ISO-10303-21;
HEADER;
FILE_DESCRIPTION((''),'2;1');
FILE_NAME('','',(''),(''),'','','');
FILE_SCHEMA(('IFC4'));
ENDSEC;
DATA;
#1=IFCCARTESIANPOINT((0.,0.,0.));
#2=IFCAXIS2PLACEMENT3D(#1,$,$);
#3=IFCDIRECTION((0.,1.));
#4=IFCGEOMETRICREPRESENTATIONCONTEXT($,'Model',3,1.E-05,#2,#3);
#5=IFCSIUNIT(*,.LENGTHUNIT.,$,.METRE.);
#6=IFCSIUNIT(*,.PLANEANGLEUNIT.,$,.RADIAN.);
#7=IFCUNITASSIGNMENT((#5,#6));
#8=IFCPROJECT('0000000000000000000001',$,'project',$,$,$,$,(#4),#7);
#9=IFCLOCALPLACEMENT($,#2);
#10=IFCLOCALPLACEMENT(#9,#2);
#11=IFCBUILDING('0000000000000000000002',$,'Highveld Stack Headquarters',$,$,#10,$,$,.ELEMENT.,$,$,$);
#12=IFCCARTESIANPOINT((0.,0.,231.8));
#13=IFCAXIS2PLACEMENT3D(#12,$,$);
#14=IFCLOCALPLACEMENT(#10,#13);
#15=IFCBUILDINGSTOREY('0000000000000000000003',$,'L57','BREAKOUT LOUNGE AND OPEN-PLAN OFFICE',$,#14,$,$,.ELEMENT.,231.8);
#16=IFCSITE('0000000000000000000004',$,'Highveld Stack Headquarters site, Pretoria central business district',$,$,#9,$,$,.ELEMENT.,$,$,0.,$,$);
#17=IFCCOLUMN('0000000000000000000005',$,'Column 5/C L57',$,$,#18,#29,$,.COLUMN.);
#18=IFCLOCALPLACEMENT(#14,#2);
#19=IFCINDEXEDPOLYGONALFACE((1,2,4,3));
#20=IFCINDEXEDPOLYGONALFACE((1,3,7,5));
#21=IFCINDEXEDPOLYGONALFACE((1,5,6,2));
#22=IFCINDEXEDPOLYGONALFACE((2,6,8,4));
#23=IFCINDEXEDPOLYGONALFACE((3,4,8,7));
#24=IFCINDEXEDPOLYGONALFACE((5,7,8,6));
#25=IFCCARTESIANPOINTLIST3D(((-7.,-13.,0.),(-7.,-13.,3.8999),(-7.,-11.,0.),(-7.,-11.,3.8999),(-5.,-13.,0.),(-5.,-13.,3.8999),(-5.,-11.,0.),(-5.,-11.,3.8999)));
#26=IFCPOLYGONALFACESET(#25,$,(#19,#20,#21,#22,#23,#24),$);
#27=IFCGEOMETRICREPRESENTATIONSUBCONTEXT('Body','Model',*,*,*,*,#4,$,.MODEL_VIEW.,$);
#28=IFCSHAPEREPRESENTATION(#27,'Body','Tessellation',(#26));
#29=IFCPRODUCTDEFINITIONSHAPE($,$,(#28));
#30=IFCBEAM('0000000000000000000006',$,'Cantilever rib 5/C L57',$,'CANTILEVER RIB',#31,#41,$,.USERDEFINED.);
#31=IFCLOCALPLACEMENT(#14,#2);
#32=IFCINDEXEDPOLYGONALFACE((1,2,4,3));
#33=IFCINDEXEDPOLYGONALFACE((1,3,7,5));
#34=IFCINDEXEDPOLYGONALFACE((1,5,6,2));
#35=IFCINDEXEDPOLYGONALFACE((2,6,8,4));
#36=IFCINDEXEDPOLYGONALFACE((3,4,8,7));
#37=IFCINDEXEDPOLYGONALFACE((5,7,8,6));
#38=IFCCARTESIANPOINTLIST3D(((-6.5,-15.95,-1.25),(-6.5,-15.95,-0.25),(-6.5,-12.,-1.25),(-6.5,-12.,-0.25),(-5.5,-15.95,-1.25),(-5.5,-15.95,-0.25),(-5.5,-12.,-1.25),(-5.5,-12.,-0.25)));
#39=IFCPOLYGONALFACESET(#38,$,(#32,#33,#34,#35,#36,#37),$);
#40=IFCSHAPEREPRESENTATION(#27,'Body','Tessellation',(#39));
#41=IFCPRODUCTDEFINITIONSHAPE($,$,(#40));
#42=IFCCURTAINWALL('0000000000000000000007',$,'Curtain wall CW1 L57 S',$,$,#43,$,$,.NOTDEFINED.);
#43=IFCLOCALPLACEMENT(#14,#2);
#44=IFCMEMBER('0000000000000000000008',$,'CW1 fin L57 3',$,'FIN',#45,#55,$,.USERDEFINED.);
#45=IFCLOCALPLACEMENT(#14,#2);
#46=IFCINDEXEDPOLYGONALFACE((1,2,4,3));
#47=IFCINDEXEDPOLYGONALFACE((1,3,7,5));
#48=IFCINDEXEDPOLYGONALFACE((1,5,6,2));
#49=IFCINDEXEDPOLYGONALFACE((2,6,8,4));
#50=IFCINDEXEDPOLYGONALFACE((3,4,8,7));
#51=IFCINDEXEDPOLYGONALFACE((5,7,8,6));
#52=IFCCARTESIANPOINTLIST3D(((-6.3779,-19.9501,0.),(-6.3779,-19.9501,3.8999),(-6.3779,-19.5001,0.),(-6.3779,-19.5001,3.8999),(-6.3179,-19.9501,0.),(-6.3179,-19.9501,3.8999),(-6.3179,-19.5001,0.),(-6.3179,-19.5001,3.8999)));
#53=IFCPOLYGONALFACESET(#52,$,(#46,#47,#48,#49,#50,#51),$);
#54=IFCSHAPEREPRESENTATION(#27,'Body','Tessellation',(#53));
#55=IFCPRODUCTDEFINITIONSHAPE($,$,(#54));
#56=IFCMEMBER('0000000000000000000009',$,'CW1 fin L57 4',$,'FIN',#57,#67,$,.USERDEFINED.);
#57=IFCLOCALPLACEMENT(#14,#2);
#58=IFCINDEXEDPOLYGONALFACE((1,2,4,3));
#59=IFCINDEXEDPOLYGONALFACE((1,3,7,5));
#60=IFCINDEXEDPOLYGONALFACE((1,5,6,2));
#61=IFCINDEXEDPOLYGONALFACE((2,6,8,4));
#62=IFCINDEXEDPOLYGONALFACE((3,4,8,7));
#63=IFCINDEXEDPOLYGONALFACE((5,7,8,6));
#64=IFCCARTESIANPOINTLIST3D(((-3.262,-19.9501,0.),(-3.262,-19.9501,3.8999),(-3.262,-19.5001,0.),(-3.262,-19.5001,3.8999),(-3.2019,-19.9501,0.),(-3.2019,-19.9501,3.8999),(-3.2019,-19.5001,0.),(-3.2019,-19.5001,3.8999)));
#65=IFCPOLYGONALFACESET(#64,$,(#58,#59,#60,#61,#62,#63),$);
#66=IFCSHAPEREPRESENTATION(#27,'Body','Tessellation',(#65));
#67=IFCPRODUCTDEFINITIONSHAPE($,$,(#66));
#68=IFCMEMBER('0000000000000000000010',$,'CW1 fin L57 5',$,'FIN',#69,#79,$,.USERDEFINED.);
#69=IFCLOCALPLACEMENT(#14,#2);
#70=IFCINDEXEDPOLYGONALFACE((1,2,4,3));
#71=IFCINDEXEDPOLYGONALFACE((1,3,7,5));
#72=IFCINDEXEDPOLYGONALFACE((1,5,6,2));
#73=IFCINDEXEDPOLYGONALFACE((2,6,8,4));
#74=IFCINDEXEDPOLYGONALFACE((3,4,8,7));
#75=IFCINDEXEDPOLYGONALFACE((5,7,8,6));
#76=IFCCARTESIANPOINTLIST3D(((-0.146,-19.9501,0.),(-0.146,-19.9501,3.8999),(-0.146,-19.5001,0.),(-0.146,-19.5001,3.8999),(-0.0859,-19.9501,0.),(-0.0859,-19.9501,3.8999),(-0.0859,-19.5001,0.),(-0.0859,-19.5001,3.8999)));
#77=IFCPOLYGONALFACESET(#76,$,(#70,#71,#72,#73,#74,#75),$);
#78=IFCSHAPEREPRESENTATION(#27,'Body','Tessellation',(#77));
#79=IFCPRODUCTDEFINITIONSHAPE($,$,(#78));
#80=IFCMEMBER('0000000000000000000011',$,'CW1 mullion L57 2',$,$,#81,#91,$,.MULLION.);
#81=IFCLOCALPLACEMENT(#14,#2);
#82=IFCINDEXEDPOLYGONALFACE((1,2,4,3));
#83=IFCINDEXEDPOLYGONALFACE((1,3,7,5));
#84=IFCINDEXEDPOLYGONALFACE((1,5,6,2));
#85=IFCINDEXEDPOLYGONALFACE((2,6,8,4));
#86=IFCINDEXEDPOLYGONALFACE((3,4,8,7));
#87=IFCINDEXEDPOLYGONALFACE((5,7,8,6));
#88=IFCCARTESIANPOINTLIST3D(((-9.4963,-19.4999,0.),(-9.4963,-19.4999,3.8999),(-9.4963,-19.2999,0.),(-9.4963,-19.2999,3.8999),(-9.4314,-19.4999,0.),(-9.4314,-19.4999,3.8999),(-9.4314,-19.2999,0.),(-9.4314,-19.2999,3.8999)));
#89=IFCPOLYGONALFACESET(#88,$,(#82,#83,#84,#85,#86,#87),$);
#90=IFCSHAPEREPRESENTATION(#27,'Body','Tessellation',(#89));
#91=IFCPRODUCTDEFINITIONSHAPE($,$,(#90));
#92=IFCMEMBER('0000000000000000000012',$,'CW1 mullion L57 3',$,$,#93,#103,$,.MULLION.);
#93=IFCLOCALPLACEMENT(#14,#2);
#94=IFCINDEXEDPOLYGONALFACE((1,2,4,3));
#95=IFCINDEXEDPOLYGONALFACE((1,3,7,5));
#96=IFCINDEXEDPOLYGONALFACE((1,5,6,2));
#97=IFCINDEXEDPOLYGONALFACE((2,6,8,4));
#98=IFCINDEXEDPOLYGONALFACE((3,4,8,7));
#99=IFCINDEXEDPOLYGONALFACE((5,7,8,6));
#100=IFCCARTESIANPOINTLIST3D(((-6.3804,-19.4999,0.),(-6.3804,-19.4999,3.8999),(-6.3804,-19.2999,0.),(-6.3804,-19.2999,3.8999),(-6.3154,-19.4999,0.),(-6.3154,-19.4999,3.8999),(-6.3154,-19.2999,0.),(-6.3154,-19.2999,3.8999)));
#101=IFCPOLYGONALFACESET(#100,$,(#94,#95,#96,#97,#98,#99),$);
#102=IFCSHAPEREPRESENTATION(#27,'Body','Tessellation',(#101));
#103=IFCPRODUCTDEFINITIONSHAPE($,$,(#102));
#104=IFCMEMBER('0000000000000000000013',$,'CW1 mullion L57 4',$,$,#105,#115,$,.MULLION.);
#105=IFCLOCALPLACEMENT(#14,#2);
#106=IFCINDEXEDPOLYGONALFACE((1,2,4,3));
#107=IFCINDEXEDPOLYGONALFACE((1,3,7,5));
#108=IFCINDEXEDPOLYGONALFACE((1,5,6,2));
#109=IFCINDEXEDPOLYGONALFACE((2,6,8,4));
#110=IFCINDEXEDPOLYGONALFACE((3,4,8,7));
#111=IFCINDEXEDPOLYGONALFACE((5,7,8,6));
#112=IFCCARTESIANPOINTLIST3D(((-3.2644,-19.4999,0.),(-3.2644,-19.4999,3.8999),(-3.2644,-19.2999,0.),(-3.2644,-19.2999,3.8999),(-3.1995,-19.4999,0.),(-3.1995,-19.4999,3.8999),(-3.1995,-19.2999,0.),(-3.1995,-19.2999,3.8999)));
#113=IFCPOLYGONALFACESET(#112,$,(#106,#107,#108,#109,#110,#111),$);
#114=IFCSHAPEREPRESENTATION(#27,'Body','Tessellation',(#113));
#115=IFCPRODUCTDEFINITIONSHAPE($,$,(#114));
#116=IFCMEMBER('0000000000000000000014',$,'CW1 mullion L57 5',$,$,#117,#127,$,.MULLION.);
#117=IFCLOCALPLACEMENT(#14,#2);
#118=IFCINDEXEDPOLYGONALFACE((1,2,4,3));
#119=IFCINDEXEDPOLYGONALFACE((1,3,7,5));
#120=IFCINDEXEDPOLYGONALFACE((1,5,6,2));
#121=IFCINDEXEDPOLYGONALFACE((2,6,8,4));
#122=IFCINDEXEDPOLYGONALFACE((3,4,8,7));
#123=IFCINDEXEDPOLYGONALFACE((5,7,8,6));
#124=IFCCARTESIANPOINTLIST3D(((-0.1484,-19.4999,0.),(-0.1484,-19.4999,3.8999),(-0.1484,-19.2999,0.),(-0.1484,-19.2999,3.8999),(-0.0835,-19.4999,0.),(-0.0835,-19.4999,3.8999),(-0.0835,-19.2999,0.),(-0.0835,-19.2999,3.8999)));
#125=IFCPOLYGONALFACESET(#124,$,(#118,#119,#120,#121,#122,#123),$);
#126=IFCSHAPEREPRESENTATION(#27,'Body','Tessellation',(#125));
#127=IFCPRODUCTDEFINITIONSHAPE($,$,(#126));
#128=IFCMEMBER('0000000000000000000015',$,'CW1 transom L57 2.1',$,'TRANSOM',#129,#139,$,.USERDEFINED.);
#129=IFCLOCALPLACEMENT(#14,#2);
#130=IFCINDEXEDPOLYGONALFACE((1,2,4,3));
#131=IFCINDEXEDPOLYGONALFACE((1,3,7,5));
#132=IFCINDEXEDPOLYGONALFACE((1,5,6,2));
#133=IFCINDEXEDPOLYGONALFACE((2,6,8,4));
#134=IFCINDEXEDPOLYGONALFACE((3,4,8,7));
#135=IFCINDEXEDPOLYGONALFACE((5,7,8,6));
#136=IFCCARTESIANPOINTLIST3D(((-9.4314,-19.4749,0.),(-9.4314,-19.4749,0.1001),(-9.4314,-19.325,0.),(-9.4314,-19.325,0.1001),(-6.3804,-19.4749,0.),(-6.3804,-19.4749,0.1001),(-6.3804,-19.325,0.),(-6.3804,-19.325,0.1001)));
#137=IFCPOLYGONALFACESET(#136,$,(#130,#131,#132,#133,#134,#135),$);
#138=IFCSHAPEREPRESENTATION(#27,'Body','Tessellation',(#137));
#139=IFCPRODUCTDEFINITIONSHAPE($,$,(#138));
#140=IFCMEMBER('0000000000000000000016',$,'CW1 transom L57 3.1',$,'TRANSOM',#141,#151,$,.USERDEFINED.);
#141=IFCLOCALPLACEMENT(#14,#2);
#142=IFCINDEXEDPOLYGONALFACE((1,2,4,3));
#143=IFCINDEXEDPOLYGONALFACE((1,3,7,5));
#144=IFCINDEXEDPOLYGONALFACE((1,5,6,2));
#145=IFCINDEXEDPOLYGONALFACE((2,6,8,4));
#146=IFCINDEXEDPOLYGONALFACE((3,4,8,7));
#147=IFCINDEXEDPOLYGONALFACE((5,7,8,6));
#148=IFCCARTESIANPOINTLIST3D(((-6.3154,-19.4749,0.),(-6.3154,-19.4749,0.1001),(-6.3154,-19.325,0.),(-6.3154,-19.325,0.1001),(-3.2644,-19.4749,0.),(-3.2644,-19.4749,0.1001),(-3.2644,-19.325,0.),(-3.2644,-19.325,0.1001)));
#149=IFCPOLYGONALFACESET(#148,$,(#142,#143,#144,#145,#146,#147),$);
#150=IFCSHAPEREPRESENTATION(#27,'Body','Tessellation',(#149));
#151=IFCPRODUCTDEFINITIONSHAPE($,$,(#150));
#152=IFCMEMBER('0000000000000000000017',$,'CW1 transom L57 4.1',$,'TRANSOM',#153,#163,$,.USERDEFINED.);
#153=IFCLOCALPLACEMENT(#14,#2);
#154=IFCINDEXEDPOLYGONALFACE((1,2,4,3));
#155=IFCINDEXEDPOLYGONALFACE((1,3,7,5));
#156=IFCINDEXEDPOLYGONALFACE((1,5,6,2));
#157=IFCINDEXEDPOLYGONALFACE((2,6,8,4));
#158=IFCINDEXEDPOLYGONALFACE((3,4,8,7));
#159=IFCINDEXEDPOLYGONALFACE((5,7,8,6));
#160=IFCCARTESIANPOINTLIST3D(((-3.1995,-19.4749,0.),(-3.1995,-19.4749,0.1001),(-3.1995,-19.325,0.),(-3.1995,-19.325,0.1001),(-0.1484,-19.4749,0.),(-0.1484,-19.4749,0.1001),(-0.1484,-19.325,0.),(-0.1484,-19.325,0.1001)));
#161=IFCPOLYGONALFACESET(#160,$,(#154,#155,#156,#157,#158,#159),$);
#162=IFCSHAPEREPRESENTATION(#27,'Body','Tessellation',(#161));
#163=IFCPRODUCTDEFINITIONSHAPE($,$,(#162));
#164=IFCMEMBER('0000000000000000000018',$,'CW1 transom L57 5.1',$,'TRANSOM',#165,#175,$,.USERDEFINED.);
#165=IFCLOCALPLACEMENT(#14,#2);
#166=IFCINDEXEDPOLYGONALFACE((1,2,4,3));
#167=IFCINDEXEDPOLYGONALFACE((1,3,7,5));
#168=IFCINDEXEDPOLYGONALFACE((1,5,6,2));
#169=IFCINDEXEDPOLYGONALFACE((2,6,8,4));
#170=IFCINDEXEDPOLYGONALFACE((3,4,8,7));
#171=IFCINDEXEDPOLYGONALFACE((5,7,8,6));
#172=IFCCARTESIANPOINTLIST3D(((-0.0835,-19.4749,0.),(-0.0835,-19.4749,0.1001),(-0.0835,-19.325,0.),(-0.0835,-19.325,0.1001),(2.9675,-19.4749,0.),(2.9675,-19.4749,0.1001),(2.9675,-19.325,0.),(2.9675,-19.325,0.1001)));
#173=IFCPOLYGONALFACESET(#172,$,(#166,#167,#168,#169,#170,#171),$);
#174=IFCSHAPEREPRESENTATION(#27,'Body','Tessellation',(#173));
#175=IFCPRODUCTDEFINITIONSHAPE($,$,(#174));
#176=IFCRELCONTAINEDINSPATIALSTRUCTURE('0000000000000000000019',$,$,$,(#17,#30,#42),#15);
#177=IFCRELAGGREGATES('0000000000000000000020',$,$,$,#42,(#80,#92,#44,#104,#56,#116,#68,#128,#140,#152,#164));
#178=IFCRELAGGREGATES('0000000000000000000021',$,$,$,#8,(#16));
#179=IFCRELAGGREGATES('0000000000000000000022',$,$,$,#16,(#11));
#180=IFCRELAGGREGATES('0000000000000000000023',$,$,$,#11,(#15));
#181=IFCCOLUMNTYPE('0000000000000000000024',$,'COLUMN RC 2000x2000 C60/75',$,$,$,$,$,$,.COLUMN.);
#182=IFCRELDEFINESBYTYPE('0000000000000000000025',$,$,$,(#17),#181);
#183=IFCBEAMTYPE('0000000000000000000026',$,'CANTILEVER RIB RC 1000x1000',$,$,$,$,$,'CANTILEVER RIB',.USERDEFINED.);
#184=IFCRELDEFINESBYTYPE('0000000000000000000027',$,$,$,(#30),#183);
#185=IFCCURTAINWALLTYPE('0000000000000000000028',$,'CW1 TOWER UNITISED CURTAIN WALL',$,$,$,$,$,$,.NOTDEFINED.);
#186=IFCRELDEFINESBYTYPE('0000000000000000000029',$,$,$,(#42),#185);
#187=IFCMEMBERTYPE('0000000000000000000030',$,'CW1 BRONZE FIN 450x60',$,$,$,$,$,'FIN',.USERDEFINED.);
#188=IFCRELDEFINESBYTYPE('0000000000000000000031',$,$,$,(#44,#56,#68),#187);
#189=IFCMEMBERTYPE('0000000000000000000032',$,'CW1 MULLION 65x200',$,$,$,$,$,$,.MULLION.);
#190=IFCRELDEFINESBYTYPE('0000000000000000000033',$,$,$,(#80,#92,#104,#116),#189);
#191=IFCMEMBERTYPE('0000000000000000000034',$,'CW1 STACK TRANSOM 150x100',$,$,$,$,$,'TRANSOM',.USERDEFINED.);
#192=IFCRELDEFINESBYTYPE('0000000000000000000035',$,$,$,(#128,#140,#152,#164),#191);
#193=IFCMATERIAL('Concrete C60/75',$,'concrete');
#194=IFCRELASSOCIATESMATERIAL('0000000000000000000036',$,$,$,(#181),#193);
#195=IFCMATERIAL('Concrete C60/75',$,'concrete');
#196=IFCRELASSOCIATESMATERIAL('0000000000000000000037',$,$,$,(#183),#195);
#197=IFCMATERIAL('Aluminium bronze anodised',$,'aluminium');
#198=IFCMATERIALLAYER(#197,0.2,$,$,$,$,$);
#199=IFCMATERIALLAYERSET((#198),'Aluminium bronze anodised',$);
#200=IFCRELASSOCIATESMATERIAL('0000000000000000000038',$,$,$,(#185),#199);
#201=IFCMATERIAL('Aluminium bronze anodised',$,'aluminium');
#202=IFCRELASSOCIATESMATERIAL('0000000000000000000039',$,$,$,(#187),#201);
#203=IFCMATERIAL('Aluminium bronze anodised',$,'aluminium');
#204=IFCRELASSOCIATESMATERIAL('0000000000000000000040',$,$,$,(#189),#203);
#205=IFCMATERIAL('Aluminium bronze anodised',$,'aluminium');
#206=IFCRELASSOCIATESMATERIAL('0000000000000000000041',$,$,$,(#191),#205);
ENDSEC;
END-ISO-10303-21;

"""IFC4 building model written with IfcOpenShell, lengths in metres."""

from ifc_helpers import new_model, si_unit, direction, frame, origin, origin_2d, place, context, subcontext, project, spatial, rectangle, extrude, material, layer, layer_set, material_profile, profile_set, type_object, element, aggregate, save


model = new_model("IFC4")

# Units and contexts
model_context = context("Model", 3, precision=1e-05, world=origin(), true_north=direction((0.0, 1.0)))
body_context = subcontext(model_context, "Body", "Model", "MODEL_VIEW")
ifc_project = project(units=[si_unit("LENGTHUNIT", "METRE"), si_unit("PLANEANGLEUNIT", "RADIAN")], contexts=[model_context])

# Site, building, storey
site_placement = place(None, origin())
site = spatial("IfcSite", under=ifc_project, at=site_placement, Name="Highveld Stack Headquarters site, Pretoria central business district", CompositionType="ELEMENT", RefElevation=0.0)
building_placement = place(site_placement, origin())
building = spatial("IfcBuilding", under=site, at=building_placement, Name="Highveld Stack Headquarters", CompositionType="ELEMENT")
storey_placement = place(building_placement, frame((0.0, 0.0, 231.8)))
storey = spatial("IfcBuildingStorey", under=building, at=storey_placement, Name="L57", Description="BREAKOUT LOUNGE AND OPEN-PLAN OFFICE", CompositionType="ELEMENT", Elevation=231.8)

# Column
ifc_material_1 = material(Name="Concrete C60/75", Category="concrete")
ifc_material_profile_1 = material_profile(ifc_material_1, rectangle(XDim=2.0, YDim=2.0, at=origin_2d()), Name="RC 2000x2000")
ifc_profile_set_1 = profile_set([ifc_material_profile_1], Name="Concrete C60/75")
column_type = type_object("IfcColumnType", Name="COLUMN RC 2000x2000 C60/75", PredefinedType="COLUMN", material=ifc_profile_set_1)
column_placement = place(storey_placement, frame((-6.0, -12.0, 0.0), z_axis=(0.0, 0.0, 1.0), x_axis=(1.0, 0.0, 0.0)))
element("IfcColumn", 1, at=column_placement, inside=storey, type_object=column_type, Name="Column 5/C L57", PredefinedType="COLUMN", context=body_context, shape_type="SweptSolid", body=[
    extrude(rectangle(XDim=2.0, YDim=2.0, at=origin_2d()), origin(), (0.0, 0.0, 1.0), 3.8999),
])

# Beam
ifc_material_2 = material(Name="Concrete C60/75", Category="concrete")
ifc_material_profile_2 = material_profile(ifc_material_2, rectangle(XDim=1.0, YDim=1.0, at=origin_2d()), Name="RC 1000x1000")
ifc_profile_set_2 = profile_set([ifc_material_profile_2], Name="Concrete C60/75")
beam_type_1 = type_object("IfcBeamType", Name="CANTILEVER RIB RC 1000x1000", ElementType="CANTILEVER RIB", PredefinedType="USERDEFINED", material=ifc_profile_set_2)
beam_1_placement = place(storey_placement, frame((-6.0, -12.0, -0.75), z_axis=(0.0, -1.0, 0.0), x_axis=(1.0, 0.0, 0.0)))
element("IfcBeam", 2, at=beam_1_placement, inside=storey, type_object=beam_type_1, Name="Cantilever rib 5/C L57", ObjectType="CANTILEVER RIB", PredefinedType="USERDEFINED", context=body_context, shape_type="SweptSolid", body=[
    extrude(rectangle(XDim=1.0, YDim=1.0, at=origin_2d()), origin(), (0.0, 0.0, 1.0), 3.95),
])

# Curtain wall, members
ifc_material_3 = material(Name="Aluminium bronze anodised", Category="aluminium")
ifc_layer_1 = layer(ifc_material_3, 0.2)
ifc_layer_set_1 = layer_set([ifc_layer_1], Name="Aluminium bronze anodised")
curtain_wall_type = type_object("IfcCurtainWallType", Name="CW1 TOWER UNITISED CURTAIN WALL", PredefinedType="NOTDEFINED", material=ifc_layer_set_1)
curtain_wall_placement = place(storey_placement, origin())
curtain_wall = element("IfcCurtainWall", 3, at=curtain_wall_placement, inside=storey, type_object=curtain_wall_type, Name="Curtain wall CW1 L57 S", PredefinedType="NOTDEFINED")
ifc_material_4 = material(Name="Aluminium bronze anodised", Category="aluminium")
ifc_material_profile_3 = material_profile(ifc_material_4, rectangle(XDim=0.45, YDim=0.0601, at=origin_2d()), Name="FIN 450x60")
ifc_profile_set_3 = profile_set([ifc_material_profile_3], Name="Aluminium bronze anodised")
member_type_1 = type_object("IfcMemberType", Name="CW1 BRONZE FIN 450x60", ElementType="FIN", PredefinedType="USERDEFINED", material=ifc_profile_set_3)
member_1_placement = place(storey_placement, frame((-6.3479, -19.7251, 0.0), z_axis=(0.0, 0.0, 1.0), x_axis=(0.0, 1.0, 0.0)))
member_1 = element("IfcMember", 4, at=member_1_placement, type_object=member_type_1, Name="CW1 fin L57 3", ObjectType="FIN", PredefinedType="USERDEFINED", context=body_context, shape_type="SweptSolid", body=[
    extrude(rectangle(XDim=0.45, YDim=0.0601, at=origin_2d()), origin(), (0.0, 0.0, 1.0), 3.8999),
])
member_2_placement = place(storey_placement, frame((-3.2319, -19.7251, 0.0), z_axis=(0.0, 0.0, 1.0), x_axis=(0.0, 1.0, 0.0)))
member_2 = element("IfcMember", 5, at=member_2_placement, type_object=member_type_1, Name="CW1 fin L57 4", ObjectType="FIN", PredefinedType="USERDEFINED", context=body_context, shape_type="SweptSolid", body=[
    extrude(rectangle(XDim=0.45, YDim=0.0601, at=origin_2d()), origin(), (0.0, 0.0, 1.0), 3.8999),
])
member_3_placement = place(storey_placement, frame((-0.116, -19.7251, 0.0), z_axis=(0.0, 0.0, 1.0), x_axis=(0.0, 1.0, 0.0)))
member_3 = element("IfcMember", 6, at=member_3_placement, type_object=member_type_1, Name="CW1 fin L57 5", ObjectType="FIN", PredefinedType="USERDEFINED", context=body_context, shape_type="SweptSolid", body=[
    extrude(rectangle(XDim=0.45, YDim=0.0601, at=origin_2d()), origin(), (0.0, 0.0, 1.0), 3.8999),
])
ifc_material_5 = material(Name="Aluminium bronze anodised", Category="aluminium")
ifc_material_profile_4 = material_profile(ifc_material_5, rectangle(XDim=0.2, YDim=0.0649, at=origin_2d()), Name="CW1 MULLION 65x200")
ifc_profile_set_4 = profile_set([ifc_material_profile_4], Name="Aluminium bronze anodised")
member_type_2 = type_object("IfcMemberType", Name="CW1 MULLION 65x200", PredefinedType="MULLION", material=ifc_profile_set_4)
member_4_placement = place(storey_placement, frame((-9.4639, -19.3999, 0.0), z_axis=(0.0, 0.0, 1.0), x_axis=(0.0, 1.0, 0.0)))
member_4 = element("IfcMember", 7, at=member_4_placement, type_object=member_type_2, Name="CW1 mullion L57 2", PredefinedType="MULLION", context=body_context, shape_type="SweptSolid", body=[
    extrude(rectangle(XDim=0.2, YDim=0.0649, at=origin_2d()), origin(), (0.0, 0.0, 1.0), 3.8999),
])
member_5_placement = place(storey_placement, frame((-6.3479, -19.3999, 0.0), z_axis=(0.0, 0.0, 1.0), x_axis=(0.0, 1.0, 0.0)))
member_5 = element("IfcMember", 8, at=member_5_placement, type_object=member_type_2, Name="CW1 mullion L57 3", PredefinedType="MULLION", context=body_context, shape_type="SweptSolid", body=[
    extrude(rectangle(XDim=0.2, YDim=0.0649, at=origin_2d()), origin(), (0.0, 0.0, 1.0), 3.8999),
])
member_6_placement = place(storey_placement, frame((-3.2319, -19.3999, 0.0), z_axis=(0.0, 0.0, 1.0), x_axis=(0.0, 1.0, 0.0)))
member_6 = element("IfcMember", 9, at=member_6_placement, type_object=member_type_2, Name="CW1 mullion L57 4", PredefinedType="MULLION", context=body_context, shape_type="SweptSolid", body=[
    extrude(rectangle(XDim=0.2, YDim=0.0649, at=origin_2d()), origin(), (0.0, 0.0, 1.0), 3.8999),
])
member_7_placement = place(storey_placement, frame((-0.116, -19.3999, 0.0), z_axis=(0.0, 0.0, 1.0), x_axis=(0.0, 1.0, 0.0)))
member_7 = element("IfcMember", 10, at=member_7_placement, type_object=member_type_2, Name="CW1 mullion L57 5", PredefinedType="MULLION", context=body_context, shape_type="SweptSolid", body=[
    extrude(rectangle(XDim=0.2, YDim=0.0649, at=origin_2d()), origin(), (0.0, 0.0, 1.0), 3.8999),
])
ifc_material_6 = material(Name="Aluminium bronze anodised", Category="aluminium")
ifc_material_profile_5 = material_profile(ifc_material_6, rectangle(XDim=0.1499, YDim=0.1001, at=origin_2d()), Name="CW1 TRANSOM 150x100")
ifc_profile_set_5 = profile_set([ifc_material_profile_5], Name="Aluminium bronze anodised")
member_type_3 = type_object("IfcMemberType", Name="CW1 STACK TRANSOM 150x100", ElementType="TRANSOM", PredefinedType="USERDEFINED", material=ifc_profile_set_5)
member_8_placement = place(storey_placement, frame((-9.4314, -19.3999, 0.05), z_axis=(1.0, 0.0, 0.0), x_axis=(0.0, 1.0, 0.0)))
member_8 = element("IfcMember", 11, at=member_8_placement, type_object=member_type_3, Name="CW1 transom L57 2.1", ObjectType="TRANSOM", PredefinedType="USERDEFINED", context=body_context, shape_type="SweptSolid", body=[
    extrude(rectangle(XDim=0.1499, YDim=0.1001, at=origin_2d()), origin(), (0.0, 0.0, 1.0), 3.051),
])
member_9_placement = place(storey_placement, frame((-6.3154, -19.3999, 0.05), z_axis=(1.0, 0.0, 0.0), x_axis=(0.0, 1.0, 0.0)))
member_9 = element("IfcMember", 12, at=member_9_placement, type_object=member_type_3, Name="CW1 transom L57 3.1", ObjectType="TRANSOM", PredefinedType="USERDEFINED", context=body_context, shape_type="SweptSolid", body=[
    extrude(rectangle(XDim=0.1499, YDim=0.1001, at=origin_2d()), origin(), (0.0, 0.0, 1.0), 3.051),
])
member_10_placement = place(storey_placement, frame((-3.1995, -19.3999, 0.05), z_axis=(1.0, 0.0, 0.0), x_axis=(0.0, 1.0, 0.0)))
member_10 = element("IfcMember", 13, at=member_10_placement, type_object=member_type_3, Name="CW1 transom L57 4.1", ObjectType="TRANSOM", PredefinedType="USERDEFINED", context=body_context, shape_type="SweptSolid", body=[
    extrude(rectangle(XDim=0.1499, YDim=0.1001, at=origin_2d()), origin(), (0.0, 0.0, 1.0), 3.051),
])
member_11_placement = place(storey_placement, frame((-0.0835, -19.3999, 0.05), z_axis=(1.0, 0.0, 0.0), x_axis=(0.0, 1.0, 0.0)))
member_11 = element("IfcMember", 14, at=member_11_placement, type_object=member_type_3, Name="CW1 transom L57 5.1", ObjectType="TRANSOM", PredefinedType="USERDEFINED", context=body_context, shape_type="SweptSolid", body=[
    extrude(rectangle(XDim=0.1499, YDim=0.1001, at=origin_2d()), origin(), (0.0, 0.0, 1.0), 3.051),
])

aggregate(curtain_wall, [member_4, member_5, member_1, member_6, member_2, member_7, member_3, member_8, member_9, member_10, member_11])

save(model, "model.ifc")
